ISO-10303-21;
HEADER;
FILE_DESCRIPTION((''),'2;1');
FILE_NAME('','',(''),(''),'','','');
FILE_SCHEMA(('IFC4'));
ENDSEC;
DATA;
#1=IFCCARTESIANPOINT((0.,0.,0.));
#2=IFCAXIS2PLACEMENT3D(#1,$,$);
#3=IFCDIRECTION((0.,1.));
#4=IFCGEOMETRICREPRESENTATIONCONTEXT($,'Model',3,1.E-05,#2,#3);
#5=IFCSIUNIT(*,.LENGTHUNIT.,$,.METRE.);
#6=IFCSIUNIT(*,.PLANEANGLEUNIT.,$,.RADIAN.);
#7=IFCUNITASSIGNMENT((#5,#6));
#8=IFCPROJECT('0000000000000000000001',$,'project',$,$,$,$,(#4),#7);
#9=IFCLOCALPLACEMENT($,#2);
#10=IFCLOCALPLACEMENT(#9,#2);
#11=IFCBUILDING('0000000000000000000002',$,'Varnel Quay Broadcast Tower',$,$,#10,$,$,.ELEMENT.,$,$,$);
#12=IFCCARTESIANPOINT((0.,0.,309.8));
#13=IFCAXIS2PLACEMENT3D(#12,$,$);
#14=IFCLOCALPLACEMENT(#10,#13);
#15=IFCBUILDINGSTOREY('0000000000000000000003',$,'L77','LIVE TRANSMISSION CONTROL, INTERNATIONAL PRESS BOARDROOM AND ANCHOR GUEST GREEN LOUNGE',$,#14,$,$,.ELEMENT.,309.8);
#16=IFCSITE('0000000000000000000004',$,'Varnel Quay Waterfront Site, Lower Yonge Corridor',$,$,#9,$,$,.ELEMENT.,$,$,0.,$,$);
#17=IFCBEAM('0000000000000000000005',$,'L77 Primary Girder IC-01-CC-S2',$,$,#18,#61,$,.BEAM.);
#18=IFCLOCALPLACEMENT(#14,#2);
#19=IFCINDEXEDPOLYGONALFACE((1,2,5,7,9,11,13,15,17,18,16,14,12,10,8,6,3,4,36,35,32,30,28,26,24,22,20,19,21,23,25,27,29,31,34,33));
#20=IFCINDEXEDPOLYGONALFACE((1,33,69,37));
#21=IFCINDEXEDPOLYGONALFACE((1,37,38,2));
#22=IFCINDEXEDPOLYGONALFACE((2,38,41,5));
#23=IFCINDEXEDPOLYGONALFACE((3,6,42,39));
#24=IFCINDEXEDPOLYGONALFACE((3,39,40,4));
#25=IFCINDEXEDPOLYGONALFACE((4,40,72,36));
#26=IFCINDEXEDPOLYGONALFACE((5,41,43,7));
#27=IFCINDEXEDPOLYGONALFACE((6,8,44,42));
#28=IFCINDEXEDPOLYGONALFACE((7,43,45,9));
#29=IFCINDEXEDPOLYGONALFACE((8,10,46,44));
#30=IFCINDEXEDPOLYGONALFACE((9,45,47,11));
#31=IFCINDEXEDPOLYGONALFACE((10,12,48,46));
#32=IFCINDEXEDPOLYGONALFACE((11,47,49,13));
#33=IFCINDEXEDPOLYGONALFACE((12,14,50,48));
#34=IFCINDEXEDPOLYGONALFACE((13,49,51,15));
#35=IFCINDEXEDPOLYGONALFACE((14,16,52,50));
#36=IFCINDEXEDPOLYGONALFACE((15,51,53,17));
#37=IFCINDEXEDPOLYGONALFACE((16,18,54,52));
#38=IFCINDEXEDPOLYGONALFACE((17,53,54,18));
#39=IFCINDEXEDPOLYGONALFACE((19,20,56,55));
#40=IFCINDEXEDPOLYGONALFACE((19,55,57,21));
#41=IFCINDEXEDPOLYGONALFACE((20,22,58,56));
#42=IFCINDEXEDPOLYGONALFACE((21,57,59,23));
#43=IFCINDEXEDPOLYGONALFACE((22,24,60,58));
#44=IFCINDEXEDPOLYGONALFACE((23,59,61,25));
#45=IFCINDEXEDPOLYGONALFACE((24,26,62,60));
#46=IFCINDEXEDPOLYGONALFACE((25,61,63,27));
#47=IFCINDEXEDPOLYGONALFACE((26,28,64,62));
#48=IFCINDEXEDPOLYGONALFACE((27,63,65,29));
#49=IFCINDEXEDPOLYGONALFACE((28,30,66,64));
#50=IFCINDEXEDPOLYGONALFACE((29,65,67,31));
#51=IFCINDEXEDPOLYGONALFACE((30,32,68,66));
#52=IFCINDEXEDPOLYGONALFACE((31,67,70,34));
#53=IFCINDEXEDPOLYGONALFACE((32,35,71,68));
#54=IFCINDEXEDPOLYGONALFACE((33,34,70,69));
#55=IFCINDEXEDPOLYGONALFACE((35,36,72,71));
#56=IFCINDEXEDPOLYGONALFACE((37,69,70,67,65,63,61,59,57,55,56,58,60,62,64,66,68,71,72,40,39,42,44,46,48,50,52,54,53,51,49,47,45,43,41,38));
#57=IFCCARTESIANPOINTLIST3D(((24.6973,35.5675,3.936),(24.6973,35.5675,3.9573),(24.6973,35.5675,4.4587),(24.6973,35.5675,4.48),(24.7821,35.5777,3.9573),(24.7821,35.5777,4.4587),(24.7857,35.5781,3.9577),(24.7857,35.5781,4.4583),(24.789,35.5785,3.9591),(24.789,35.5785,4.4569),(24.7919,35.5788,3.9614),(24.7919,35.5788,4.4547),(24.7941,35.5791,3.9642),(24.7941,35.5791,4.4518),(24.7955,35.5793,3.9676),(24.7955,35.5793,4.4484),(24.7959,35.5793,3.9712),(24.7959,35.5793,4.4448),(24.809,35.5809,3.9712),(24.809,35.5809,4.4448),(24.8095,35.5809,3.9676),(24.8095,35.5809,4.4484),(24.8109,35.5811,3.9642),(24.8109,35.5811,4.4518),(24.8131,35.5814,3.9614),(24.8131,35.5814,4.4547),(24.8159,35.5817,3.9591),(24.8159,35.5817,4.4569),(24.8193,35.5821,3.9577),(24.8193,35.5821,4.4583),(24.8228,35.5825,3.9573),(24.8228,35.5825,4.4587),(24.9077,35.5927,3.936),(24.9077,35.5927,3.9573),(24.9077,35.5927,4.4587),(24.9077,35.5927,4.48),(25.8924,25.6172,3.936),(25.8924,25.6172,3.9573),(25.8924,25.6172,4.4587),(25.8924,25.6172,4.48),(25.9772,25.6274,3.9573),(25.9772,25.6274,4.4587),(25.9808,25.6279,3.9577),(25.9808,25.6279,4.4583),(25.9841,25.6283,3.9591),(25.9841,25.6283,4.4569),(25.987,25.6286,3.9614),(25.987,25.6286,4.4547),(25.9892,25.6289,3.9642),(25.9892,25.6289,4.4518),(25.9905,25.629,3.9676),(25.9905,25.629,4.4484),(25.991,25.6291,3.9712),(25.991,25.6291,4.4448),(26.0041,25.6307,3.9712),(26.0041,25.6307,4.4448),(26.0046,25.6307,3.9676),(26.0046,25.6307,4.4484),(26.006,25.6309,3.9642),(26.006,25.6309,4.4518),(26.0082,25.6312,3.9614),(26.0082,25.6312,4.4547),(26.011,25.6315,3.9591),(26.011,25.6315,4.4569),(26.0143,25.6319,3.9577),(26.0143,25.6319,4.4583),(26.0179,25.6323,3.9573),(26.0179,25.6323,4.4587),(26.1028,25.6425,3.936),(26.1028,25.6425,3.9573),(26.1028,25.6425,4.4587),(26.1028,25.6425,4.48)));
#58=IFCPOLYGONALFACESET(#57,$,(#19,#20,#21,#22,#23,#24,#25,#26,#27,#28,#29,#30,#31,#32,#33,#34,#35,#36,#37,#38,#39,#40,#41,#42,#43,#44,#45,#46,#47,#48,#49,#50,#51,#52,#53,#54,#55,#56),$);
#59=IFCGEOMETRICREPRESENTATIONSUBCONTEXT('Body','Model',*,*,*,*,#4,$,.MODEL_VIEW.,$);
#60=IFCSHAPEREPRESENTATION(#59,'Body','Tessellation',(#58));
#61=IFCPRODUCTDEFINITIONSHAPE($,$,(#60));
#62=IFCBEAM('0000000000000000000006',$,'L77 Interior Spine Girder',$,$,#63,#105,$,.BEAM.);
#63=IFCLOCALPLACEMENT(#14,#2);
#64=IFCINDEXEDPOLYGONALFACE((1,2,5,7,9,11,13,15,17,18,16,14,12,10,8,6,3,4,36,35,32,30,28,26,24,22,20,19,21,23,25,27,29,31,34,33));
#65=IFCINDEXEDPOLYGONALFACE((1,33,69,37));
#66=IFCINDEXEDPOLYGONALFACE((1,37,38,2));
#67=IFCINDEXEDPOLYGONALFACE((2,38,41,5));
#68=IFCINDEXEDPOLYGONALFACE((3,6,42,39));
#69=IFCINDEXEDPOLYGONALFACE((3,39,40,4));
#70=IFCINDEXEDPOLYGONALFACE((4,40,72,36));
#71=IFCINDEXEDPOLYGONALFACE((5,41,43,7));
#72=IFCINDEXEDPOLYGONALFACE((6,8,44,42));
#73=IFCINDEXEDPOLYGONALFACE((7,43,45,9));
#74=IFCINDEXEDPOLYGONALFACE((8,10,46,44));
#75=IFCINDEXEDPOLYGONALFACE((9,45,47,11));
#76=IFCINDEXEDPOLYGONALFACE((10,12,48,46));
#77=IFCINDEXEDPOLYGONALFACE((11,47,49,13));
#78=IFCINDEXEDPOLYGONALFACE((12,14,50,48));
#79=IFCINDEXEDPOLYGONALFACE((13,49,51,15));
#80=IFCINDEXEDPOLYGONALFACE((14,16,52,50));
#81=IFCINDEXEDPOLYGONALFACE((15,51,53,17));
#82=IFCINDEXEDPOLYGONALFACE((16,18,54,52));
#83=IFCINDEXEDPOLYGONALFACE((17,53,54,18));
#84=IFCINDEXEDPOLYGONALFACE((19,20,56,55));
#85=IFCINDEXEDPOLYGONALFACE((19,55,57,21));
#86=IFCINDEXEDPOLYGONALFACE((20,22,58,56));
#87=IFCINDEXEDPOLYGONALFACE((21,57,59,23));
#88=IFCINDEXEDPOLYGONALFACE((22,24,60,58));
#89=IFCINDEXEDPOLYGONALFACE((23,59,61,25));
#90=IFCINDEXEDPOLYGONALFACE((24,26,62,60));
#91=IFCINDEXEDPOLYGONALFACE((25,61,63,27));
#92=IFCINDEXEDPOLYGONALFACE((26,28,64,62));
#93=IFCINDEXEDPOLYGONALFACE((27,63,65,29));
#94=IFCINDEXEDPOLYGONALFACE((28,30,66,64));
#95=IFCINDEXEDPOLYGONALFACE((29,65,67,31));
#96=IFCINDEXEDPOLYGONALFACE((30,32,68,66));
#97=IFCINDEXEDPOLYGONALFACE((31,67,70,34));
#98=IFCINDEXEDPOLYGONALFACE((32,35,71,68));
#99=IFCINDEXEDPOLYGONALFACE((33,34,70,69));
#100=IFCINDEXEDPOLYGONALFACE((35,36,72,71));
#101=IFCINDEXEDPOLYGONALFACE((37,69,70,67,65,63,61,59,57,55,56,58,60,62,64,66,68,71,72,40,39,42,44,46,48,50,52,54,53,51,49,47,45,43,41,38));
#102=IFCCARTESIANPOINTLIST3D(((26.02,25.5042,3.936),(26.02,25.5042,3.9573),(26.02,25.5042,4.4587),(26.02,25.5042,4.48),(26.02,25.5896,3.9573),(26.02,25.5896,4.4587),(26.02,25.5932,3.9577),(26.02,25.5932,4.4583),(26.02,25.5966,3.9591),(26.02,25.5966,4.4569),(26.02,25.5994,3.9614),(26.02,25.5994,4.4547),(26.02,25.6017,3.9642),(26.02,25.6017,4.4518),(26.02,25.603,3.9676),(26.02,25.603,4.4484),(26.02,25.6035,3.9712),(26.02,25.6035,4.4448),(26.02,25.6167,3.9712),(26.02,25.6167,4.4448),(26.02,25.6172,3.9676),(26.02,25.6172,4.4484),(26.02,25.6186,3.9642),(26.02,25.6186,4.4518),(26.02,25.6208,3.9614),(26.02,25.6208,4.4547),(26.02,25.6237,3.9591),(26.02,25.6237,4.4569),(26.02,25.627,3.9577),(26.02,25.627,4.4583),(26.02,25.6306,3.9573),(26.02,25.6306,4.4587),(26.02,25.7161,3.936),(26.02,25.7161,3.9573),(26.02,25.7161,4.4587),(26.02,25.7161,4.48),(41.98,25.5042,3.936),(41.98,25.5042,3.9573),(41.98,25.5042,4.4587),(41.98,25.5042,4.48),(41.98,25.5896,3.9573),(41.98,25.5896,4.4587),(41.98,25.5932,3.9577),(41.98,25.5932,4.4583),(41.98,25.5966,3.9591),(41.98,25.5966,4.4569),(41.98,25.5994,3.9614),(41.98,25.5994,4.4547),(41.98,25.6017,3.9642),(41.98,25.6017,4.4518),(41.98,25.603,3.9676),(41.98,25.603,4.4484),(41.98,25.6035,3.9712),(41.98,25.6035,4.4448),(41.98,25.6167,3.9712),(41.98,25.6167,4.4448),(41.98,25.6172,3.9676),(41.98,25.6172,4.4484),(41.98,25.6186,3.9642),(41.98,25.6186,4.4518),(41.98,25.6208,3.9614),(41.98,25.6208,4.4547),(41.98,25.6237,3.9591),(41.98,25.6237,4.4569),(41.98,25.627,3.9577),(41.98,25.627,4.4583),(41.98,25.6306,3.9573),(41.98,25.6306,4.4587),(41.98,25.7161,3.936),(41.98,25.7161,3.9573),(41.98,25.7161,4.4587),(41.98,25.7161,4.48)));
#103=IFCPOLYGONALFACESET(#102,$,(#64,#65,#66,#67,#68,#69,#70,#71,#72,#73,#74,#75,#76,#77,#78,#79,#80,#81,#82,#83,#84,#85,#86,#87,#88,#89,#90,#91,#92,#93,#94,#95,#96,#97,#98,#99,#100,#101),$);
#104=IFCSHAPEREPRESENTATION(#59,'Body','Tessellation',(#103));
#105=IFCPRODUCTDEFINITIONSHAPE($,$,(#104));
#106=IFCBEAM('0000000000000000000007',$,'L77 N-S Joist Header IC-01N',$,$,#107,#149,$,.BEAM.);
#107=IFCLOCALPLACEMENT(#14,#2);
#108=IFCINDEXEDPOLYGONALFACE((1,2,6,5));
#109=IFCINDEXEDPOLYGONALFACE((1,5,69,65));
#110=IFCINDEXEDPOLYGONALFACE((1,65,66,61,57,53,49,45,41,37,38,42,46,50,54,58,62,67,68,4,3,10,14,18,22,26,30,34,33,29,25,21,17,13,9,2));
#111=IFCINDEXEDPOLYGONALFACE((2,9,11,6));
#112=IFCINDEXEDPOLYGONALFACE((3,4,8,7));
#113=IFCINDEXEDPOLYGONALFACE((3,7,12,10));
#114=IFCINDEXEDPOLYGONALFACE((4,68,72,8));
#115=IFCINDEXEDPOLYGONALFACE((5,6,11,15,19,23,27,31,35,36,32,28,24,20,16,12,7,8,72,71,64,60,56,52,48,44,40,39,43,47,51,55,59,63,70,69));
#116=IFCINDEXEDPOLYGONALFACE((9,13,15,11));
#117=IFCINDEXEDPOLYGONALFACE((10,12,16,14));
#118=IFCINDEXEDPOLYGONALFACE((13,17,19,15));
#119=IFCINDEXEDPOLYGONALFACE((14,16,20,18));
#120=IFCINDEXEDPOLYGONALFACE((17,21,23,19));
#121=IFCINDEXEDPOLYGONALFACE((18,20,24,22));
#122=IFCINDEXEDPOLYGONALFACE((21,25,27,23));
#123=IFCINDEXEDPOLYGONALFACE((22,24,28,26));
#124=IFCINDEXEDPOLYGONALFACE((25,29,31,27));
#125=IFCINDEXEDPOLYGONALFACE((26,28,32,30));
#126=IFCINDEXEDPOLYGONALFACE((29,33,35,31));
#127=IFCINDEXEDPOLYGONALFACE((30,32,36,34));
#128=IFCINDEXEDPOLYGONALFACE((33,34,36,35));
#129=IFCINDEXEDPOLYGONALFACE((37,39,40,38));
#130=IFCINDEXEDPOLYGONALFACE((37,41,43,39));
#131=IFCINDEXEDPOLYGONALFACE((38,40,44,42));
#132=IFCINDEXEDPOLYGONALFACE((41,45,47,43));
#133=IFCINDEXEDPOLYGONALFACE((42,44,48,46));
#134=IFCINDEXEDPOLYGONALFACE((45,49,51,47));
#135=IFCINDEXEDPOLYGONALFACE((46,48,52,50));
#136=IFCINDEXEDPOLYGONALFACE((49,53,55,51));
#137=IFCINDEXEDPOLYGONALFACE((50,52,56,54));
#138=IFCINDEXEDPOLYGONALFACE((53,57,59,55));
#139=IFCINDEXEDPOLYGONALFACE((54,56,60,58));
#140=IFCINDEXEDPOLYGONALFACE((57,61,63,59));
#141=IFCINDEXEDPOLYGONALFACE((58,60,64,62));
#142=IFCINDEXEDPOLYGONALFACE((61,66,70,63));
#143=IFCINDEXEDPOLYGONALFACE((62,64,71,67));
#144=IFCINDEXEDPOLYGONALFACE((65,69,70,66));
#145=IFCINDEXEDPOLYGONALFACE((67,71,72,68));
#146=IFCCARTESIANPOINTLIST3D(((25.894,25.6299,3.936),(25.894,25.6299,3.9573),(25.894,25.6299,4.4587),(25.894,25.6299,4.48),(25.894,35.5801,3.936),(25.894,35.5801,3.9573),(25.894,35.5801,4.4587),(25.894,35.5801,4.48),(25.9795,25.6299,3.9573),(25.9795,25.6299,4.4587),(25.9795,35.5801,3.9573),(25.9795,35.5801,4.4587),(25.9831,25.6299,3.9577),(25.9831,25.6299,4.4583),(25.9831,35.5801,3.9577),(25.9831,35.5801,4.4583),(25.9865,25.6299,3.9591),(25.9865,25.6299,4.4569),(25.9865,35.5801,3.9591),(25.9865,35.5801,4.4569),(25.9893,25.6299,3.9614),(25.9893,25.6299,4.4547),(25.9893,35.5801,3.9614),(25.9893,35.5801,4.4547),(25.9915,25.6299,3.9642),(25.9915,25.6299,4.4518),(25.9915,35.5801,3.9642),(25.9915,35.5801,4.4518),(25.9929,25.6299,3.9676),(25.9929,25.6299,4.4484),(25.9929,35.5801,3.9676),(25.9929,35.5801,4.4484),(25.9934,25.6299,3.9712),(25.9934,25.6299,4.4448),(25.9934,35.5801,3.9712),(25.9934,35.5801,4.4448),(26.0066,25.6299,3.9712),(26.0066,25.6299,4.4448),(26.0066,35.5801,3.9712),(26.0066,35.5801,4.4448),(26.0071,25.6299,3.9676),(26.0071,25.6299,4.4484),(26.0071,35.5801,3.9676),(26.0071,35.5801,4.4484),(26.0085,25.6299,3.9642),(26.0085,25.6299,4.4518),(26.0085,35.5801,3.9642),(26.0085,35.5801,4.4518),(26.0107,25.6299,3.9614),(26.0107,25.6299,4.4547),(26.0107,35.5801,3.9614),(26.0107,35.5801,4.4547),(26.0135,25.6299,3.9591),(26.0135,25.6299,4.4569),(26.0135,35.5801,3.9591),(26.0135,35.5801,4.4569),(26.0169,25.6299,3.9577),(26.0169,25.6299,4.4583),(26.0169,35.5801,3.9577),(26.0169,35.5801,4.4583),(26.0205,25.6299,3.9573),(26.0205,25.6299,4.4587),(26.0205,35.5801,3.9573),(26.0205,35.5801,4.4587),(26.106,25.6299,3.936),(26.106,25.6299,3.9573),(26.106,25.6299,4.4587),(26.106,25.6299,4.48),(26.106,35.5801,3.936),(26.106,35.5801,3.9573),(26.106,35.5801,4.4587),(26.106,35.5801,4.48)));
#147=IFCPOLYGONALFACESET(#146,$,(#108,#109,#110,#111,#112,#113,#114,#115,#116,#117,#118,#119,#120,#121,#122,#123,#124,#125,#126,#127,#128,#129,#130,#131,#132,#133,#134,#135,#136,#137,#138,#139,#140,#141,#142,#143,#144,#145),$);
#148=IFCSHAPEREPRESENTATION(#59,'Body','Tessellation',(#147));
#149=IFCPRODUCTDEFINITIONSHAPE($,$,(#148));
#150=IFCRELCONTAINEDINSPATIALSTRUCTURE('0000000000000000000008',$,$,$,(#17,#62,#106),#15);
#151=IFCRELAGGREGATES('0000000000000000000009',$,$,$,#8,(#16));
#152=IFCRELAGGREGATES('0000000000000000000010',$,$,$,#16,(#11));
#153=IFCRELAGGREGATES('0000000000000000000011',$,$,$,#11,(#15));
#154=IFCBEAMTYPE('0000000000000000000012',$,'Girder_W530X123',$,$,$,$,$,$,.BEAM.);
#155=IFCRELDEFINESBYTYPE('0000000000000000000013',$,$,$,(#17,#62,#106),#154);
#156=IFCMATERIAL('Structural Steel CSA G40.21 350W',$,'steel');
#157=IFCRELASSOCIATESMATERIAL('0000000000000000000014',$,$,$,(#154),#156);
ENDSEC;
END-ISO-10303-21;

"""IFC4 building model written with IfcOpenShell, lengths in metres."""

from ifc_helpers import new_model, si_unit, direction, frame, origin, origin_2d, place, context, subcontext, project, spatial, i_section, extrude, source, transform, mapped, material, material_profile, profile_set, type_object, type_shapes, element, save


model = new_model("IFC4")

# Units and contexts
model_context = context("Model", 3, precision=1e-05, world=origin(), true_north=direction((0.0, 1.0)))
body_context = subcontext(model_context, "Body", "Model", "MODEL_VIEW")
ifc_project = project(units=[si_unit("LENGTHUNIT", "METRE"), si_unit("PLANEANGLEUNIT", "RADIAN")], contexts=[model_context])

# Site, building, storey
site_placement = place(None, origin())
site = spatial("IfcSite", under=ifc_project, at=site_placement, Name="Varnel Quay Waterfront Site, Lower Yonge Corridor", CompositionType="ELEMENT", RefElevation=0.0)
building_placement = place(site_placement, origin())
building = spatial("IfcBuilding", under=site, at=building_placement, Name="Varnel Quay Broadcast Tower", CompositionType="ELEMENT")
storey_placement = place(building_placement, frame((0.0, 0.0, 309.8)))
storey = spatial("IfcBuildingStorey", under=building, at=storey_placement, Name="L77", Description="LIVE TRANSMISSION CONTROL, INTERNATIONAL PRESS BOARDROOM AND ANCHOR GUEST GREEN LOUNGE", CompositionType="ELEMENT", Elevation=309.8)

# Shared definitions
ifc_material_1 = material(Name="Structural Steel CSA G40.21 350W", Category="steel")

# Beams
ifc_material_profile_1 = material_profile(ifc_material_1, i_section(OverallWidth=0.2119, OverallDepth=0.5439, WebThickness=0.0132, FlangeThickness=0.0212, FilletRadius=0.0139, at=origin_2d()), Name="W530X123")
ifc_profile_set_1 = profile_set([ifc_material_profile_1], Name="Structural Steel CSA G40.21 350W")
beam_type_1 = type_object("IfcBeamType", Name="Girder_W530X123", PredefinedType="BEAM", material=ifc_profile_set_1)
shared_shape_1 = source(origin(), body_context, "Body", "SweptSolid", [
    extrude(i_section(OverallWidth=0.2119, OverallDepth=0.5439, WebThickness=0.0132, FlangeThickness=0.0212, FilletRadius=0.0139, at=origin_2d()), origin(), (0.0, 0.0, 1.0), 10.0217),
])
beam_1_placement = place(storey_placement, frame((25.9976, 25.6299, 4.208), z_axis=(-0.119248, 0.992864, 0.0), x_axis=(-0.992864, -0.119248, 0.0)))
element("IfcBeam", 1, at=beam_1_placement, inside=storey, type_object=beam_type_1, Name="L77 Primary Girder IC-01-CC-S2", PredefinedType="BEAM", context=body_context, shape_type="MappedRepresentation", body=[
    mapped(shared_shape_1, transform((0.0, 0.0, 0.0), x_axis=(1.0, 0.0, 0.0), y_axis=(0.0, 1.0, 0.0), z_axis=(0.0, 0.0, 1.0), scale=1.0)),
])
shared_shape_2 = source(origin(), body_context, "Body", "SweptSolid", [
    extrude(i_section(OverallWidth=0.2119, OverallDepth=0.5439, WebThickness=0.0132, FlangeThickness=0.0212, FilletRadius=0.0139, at=origin_2d()), origin(), (0.0, 0.0, 1.0), 15.96),
])
beam_2_placement = place(storey_placement, frame((26.02, 25.6101, 4.208), z_axis=(1.0, 0.0, 0.0), x_axis=(0.0, 1.0, 0.0)))
element("IfcBeam", 2, at=beam_2_placement, inside=storey, type_object=beam_type_1, Name="L77 Interior Spine Girder", PredefinedType="BEAM", context=body_context, shape_type="MappedRepresentation", body=[
    mapped(shared_shape_2, transform((0.0, 0.0, 0.0), x_axis=(1.0, 0.0, 0.0), y_axis=(0.0, 1.0, 0.0), z_axis=(0.0, 0.0, 1.0), scale=1.0)),
])
shared_shape_3 = source(origin(), body_context, "Body", "SweptSolid", [
    extrude(i_section(OverallWidth=0.2119, OverallDepth=0.5439, WebThickness=0.0132, FlangeThickness=0.0212, FilletRadius=0.0139, at=origin_2d()), origin(), (0.0, 0.0, 1.0), 9.9502),
])
type_shapes(beam_type_1, [shared_shape_1, shared_shape_2, shared_shape_3])
beam_3_placement = place(storey_placement, frame((26.0, 25.6299, 4.208), z_axis=(0.0, 1.0, 0.0), x_axis=(-1.0, 0.0, 0.0)))
element("IfcBeam", 3, at=beam_3_placement, inside=storey, type_object=beam_type_1, Name="L77 N-S Joist Header IC-01N", PredefinedType="BEAM", context=body_context, shape_type="MappedRepresentation", body=[
    mapped(shared_shape_3, transform((0.0, 0.0, 0.0), x_axis=(1.0, 0.0, 0.0), y_axis=(0.0, 1.0, 0.0), z_axis=(0.0, 0.0, 1.0), scale=1.0)),
])

save(model, "model.ifc")
